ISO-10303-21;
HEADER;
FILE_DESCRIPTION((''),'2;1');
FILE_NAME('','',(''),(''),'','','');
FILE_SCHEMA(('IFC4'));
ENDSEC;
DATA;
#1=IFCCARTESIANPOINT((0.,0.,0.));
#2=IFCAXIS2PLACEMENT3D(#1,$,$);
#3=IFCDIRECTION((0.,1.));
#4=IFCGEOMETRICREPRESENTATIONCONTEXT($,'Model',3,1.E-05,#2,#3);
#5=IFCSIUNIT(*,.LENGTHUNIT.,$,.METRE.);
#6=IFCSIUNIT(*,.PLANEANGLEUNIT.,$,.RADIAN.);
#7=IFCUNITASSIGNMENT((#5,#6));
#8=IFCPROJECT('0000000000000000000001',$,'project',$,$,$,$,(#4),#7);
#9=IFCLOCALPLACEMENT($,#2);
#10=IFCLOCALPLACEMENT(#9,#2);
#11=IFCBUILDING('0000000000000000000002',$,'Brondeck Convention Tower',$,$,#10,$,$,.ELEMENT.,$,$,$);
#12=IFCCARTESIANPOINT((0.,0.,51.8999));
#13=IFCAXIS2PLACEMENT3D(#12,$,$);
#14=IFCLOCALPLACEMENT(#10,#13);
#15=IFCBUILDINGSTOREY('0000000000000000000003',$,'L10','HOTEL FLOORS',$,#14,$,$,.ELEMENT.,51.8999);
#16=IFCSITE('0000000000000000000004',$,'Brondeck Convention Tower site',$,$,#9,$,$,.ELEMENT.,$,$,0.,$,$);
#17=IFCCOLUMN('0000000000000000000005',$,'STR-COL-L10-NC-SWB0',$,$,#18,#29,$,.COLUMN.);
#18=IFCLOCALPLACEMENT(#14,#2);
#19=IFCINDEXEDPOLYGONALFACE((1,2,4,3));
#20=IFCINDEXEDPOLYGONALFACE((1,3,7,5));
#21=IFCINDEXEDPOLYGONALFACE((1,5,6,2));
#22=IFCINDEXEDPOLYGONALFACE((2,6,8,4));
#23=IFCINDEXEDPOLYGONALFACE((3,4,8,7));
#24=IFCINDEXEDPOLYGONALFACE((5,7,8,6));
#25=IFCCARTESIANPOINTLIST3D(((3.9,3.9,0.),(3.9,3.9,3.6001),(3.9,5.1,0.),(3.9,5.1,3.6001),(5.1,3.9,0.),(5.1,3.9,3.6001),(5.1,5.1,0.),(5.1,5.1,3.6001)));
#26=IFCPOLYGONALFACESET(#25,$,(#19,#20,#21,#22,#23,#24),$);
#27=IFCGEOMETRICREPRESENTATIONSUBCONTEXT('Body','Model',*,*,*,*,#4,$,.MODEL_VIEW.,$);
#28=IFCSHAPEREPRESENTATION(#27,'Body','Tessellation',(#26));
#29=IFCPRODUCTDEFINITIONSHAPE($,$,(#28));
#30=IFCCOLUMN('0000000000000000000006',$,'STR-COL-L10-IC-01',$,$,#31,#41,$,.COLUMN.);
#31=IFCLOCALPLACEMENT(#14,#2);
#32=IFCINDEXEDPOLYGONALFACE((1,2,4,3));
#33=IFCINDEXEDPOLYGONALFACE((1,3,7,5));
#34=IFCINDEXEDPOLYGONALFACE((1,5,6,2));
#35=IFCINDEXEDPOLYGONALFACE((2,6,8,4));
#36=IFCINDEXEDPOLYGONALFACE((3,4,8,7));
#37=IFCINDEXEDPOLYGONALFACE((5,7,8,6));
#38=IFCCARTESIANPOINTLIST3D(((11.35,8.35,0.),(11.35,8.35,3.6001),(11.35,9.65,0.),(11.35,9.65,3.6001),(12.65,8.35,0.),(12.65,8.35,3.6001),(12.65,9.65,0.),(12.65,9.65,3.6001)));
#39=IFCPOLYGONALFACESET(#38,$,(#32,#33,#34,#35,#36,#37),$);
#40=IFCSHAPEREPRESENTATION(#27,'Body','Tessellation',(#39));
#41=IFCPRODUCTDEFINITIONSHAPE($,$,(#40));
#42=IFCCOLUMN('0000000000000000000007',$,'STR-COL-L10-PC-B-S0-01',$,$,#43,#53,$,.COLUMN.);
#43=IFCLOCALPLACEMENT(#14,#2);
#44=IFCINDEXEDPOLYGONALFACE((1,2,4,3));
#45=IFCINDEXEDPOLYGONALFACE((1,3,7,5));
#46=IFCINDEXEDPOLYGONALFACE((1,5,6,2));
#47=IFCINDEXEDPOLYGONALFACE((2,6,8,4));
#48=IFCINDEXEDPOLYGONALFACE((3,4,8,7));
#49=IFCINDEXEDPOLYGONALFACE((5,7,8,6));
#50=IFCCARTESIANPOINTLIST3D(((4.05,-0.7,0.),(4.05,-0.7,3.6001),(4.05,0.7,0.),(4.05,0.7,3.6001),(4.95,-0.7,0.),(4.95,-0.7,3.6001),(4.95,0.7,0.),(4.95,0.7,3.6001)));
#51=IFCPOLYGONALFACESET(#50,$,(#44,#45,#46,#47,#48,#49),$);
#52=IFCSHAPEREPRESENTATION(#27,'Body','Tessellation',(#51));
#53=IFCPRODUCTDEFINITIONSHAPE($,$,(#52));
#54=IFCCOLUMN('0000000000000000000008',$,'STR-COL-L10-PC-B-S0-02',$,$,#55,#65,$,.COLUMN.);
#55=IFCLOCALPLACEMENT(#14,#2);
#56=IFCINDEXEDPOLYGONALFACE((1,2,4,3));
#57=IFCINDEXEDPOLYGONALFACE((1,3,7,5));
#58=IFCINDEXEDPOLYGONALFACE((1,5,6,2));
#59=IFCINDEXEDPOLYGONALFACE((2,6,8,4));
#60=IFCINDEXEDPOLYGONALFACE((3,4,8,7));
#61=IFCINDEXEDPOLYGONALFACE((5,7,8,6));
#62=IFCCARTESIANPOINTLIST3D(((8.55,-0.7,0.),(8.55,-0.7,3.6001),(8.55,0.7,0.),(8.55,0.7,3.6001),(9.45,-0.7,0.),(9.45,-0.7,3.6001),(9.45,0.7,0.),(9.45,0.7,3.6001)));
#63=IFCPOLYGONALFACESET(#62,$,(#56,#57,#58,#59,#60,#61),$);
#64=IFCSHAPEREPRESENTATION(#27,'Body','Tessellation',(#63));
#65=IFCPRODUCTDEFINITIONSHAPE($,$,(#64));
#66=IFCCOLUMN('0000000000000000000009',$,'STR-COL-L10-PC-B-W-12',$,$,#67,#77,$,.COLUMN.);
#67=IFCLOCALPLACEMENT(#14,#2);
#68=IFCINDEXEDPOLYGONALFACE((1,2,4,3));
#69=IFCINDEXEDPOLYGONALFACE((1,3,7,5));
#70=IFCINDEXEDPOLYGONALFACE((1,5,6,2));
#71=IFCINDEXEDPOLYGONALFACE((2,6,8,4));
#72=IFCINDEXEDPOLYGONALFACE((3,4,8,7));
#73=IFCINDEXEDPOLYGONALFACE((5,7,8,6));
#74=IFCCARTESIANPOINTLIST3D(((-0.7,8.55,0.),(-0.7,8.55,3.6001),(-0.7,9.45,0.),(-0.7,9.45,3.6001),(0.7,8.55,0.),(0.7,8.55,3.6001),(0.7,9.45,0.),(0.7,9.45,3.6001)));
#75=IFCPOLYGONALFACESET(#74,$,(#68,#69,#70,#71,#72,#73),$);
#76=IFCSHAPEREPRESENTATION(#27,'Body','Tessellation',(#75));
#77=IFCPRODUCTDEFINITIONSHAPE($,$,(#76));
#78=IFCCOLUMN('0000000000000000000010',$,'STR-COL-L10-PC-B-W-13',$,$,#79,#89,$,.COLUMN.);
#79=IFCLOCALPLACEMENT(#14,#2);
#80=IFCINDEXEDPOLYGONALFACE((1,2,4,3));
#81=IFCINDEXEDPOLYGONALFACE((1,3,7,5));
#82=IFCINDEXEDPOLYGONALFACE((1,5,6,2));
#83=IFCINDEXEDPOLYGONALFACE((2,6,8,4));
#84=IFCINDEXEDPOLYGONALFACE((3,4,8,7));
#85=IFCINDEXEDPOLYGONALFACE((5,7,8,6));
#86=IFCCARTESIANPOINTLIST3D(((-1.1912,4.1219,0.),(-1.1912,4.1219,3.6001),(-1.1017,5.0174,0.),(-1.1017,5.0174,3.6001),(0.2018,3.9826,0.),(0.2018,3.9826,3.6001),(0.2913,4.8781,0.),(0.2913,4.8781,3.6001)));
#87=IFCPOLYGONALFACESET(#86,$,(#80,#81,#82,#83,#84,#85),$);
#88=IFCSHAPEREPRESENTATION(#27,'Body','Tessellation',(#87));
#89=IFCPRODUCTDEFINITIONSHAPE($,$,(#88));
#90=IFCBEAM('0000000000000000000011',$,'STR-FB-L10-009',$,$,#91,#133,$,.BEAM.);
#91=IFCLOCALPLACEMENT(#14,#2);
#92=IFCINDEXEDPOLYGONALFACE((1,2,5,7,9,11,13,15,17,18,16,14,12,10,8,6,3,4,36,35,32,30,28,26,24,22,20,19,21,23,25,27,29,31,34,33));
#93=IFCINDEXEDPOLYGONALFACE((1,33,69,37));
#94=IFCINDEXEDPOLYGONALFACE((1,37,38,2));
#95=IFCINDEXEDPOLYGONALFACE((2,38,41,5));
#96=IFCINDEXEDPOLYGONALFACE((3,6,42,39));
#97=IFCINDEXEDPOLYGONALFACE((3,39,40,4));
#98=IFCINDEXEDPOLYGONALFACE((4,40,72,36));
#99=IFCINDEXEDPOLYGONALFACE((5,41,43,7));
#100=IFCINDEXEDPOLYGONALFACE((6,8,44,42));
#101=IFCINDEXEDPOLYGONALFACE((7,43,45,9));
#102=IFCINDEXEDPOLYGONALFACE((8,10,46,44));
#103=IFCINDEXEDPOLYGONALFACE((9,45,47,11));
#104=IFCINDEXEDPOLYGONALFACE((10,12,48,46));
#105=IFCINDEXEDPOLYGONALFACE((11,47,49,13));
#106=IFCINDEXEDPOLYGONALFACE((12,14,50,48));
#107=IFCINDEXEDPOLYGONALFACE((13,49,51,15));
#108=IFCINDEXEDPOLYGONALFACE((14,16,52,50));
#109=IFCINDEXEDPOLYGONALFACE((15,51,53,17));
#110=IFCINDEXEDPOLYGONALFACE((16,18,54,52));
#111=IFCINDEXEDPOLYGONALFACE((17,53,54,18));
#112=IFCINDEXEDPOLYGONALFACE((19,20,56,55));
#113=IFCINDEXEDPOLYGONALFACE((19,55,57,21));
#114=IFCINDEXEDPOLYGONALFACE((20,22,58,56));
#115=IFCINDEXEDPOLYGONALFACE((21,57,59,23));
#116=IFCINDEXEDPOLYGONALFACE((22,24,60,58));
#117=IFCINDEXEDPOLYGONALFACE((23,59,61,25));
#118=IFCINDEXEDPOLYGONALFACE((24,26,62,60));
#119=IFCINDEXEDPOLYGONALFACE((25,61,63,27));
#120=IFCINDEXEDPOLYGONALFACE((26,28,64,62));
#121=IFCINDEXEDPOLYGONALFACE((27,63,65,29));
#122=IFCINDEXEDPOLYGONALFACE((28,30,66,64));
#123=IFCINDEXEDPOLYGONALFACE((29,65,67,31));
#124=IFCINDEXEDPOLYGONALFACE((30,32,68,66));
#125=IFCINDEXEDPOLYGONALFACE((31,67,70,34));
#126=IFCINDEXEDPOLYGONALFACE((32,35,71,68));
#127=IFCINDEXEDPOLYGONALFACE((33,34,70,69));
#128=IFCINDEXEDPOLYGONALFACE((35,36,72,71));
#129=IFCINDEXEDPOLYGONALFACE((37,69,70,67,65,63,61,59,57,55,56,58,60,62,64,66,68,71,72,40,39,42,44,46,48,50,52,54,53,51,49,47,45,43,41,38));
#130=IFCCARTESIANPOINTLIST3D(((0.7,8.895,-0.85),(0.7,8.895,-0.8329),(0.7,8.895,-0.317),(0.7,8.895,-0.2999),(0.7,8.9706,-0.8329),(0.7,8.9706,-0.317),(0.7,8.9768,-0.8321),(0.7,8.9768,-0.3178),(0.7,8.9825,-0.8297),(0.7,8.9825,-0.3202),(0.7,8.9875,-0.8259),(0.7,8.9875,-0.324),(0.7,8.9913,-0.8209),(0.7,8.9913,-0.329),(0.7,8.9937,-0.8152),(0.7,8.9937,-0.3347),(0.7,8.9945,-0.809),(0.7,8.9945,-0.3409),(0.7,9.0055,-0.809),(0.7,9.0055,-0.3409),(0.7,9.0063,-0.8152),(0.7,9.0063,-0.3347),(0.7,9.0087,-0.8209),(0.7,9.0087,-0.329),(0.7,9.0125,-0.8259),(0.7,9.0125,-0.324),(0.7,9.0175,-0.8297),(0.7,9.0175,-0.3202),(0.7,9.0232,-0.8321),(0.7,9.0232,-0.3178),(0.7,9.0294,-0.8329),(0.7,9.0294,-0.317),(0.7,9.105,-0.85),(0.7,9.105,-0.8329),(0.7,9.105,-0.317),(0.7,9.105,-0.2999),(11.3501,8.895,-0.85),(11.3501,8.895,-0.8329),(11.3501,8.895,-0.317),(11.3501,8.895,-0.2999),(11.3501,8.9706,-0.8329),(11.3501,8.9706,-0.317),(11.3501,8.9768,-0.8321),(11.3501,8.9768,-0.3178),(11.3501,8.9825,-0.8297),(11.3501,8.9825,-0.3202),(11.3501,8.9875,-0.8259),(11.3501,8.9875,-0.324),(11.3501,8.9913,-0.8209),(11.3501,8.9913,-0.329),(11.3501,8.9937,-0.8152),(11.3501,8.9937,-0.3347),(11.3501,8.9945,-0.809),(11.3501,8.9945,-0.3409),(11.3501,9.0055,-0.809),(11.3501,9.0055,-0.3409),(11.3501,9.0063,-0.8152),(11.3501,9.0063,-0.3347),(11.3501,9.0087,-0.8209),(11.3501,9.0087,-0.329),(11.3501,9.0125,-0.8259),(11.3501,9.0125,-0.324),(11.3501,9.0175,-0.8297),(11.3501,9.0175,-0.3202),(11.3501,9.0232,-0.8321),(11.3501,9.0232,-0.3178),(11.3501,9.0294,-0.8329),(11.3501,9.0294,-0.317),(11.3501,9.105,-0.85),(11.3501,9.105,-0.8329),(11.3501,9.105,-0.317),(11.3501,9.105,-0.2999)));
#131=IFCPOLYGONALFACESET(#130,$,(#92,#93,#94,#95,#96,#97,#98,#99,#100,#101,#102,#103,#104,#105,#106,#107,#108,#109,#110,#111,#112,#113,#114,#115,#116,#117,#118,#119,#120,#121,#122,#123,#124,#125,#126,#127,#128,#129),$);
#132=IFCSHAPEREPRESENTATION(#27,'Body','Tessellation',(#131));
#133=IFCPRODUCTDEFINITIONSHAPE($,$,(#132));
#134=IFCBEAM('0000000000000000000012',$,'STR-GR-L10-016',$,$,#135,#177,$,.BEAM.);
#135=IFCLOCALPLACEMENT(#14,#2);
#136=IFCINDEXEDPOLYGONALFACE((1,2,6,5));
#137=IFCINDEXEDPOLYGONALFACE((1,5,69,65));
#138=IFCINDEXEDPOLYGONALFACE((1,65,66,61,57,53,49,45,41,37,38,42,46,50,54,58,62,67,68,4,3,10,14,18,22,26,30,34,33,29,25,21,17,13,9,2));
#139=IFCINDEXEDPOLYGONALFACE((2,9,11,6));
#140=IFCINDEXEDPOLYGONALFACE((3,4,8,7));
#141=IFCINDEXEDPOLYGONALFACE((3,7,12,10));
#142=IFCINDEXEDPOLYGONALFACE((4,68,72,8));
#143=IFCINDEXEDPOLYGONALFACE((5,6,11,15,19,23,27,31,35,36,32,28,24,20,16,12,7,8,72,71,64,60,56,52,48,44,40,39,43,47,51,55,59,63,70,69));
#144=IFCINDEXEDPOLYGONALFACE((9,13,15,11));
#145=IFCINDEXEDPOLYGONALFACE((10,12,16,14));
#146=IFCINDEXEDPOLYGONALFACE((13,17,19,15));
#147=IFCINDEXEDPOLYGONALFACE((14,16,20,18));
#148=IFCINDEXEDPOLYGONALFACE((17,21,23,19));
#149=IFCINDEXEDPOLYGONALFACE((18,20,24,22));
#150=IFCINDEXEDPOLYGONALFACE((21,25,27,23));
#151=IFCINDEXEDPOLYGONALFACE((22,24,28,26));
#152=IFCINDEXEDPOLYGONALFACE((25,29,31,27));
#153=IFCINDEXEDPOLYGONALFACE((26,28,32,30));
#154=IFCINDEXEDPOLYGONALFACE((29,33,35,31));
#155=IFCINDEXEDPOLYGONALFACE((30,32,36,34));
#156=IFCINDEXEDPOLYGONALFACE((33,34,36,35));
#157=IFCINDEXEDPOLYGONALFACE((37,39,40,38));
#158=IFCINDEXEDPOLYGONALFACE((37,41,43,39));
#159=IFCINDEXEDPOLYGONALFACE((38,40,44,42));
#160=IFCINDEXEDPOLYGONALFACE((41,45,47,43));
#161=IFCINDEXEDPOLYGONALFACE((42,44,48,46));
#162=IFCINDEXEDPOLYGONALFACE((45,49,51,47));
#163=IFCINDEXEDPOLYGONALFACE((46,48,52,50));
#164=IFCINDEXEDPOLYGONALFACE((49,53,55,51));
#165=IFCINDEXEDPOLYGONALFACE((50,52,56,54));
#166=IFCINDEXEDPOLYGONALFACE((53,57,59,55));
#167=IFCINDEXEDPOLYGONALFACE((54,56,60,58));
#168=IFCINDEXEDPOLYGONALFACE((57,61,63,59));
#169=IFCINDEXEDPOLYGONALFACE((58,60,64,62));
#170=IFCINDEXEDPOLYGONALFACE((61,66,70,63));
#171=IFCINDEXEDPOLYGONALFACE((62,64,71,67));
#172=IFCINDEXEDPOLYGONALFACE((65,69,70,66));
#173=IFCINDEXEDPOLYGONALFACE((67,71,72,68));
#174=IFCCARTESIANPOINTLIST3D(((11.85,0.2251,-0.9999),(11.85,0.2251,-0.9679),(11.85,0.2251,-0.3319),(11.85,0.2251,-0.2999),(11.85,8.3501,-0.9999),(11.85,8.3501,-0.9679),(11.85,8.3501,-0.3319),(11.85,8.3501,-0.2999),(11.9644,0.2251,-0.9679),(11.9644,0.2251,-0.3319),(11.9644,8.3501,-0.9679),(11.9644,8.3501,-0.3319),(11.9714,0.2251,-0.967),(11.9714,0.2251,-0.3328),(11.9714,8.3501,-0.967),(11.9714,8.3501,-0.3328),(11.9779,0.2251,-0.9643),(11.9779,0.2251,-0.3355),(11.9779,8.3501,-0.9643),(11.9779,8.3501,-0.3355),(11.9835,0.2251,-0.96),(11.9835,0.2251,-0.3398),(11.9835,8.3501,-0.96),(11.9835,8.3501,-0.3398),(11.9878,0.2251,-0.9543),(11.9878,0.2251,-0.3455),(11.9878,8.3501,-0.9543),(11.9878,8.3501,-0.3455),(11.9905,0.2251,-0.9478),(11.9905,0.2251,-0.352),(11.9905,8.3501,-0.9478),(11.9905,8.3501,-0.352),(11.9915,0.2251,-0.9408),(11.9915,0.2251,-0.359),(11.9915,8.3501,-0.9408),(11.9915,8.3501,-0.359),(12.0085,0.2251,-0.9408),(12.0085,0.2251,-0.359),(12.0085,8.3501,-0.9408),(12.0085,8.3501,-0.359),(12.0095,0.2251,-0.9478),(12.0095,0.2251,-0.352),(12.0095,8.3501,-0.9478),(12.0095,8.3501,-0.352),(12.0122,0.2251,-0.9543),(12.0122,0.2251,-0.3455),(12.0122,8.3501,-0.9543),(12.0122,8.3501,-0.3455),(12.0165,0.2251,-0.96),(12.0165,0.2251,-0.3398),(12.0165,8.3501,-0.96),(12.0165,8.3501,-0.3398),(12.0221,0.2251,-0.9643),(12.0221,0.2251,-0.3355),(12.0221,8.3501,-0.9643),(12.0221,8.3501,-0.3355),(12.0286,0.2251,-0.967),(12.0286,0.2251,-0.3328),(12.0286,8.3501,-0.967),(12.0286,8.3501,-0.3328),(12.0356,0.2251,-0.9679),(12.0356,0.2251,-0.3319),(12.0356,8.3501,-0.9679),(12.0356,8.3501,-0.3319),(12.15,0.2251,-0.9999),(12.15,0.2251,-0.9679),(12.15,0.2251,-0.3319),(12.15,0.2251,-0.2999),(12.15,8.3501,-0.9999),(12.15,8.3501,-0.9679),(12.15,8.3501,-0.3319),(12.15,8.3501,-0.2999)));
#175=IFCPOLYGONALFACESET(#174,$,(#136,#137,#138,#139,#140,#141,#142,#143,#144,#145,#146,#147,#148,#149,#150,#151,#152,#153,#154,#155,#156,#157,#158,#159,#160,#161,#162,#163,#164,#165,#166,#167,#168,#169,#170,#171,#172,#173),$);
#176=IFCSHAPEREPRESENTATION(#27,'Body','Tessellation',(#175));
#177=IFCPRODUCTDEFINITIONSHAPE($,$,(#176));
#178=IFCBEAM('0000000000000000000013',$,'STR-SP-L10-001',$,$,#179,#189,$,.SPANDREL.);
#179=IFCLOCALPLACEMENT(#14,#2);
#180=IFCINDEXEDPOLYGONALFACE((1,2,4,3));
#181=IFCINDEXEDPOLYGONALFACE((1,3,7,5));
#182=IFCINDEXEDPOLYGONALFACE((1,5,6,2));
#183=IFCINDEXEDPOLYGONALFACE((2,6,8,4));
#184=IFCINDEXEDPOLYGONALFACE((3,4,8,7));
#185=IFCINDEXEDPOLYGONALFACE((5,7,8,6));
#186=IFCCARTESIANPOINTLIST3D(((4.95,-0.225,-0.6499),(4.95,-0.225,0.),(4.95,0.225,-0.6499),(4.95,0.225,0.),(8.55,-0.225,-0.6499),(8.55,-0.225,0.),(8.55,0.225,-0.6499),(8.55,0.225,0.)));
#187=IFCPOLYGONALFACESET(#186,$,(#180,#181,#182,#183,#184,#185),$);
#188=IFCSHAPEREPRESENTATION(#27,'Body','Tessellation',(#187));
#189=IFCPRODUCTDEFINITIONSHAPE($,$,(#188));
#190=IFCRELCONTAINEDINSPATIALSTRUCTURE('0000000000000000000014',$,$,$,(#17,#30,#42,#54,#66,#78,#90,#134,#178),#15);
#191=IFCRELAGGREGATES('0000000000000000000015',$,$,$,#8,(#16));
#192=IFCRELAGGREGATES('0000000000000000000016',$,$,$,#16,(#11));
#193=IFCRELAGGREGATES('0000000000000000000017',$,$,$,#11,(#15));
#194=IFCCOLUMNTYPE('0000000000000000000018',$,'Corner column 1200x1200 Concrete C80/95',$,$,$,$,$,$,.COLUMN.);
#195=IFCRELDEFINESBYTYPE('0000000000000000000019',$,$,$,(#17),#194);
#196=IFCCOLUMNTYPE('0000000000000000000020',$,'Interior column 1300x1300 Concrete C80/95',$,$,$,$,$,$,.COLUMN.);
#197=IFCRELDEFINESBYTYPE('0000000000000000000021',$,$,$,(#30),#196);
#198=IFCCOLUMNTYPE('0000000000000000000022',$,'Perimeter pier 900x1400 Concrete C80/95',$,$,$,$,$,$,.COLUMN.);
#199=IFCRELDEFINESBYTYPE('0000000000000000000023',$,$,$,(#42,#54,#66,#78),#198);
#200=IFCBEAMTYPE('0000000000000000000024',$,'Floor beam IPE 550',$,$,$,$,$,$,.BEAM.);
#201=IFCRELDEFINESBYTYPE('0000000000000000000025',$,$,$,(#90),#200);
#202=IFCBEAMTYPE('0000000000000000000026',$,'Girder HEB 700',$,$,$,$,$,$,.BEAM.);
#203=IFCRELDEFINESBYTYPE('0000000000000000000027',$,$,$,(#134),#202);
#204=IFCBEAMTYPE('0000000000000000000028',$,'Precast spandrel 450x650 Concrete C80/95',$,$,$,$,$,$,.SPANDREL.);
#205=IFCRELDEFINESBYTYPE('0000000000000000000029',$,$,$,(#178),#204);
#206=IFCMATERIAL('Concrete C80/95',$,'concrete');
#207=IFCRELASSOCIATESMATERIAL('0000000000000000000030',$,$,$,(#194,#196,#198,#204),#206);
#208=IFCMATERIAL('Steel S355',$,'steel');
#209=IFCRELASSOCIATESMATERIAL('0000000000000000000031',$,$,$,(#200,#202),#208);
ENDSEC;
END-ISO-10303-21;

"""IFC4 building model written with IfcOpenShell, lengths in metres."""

from ifc_helpers import new_model, si_unit, direction, frame, origin, origin_2d, place, context, subcontext, project, spatial, rectangle, i_section, extrude, material, material_profile, profile_set, type_object, element, save


model = new_model("IFC4")

# Units and contexts
model_context = context("Model", 3, precision=1e-05, world=origin(), true_north=direction((0.0, 1.0)))
body_context = subcontext(model_context, "Body", "Model", "MODEL_VIEW")
ifc_project = project(units=[si_unit("LENGTHUNIT", "METRE"), si_unit("PLANEANGLEUNIT", "RADIAN")], contexts=[model_context])

# Site, building, storey
site_placement = place(None, origin())
site = spatial("IfcSite", under=ifc_project, at=site_placement, Name="Brondeck Convention Tower site", CompositionType="ELEMENT", RefElevation=0.0)
building_placement = place(site_placement, origin())
building = spatial("IfcBuilding", under=site, at=building_placement, Name="Brondeck Convention Tower", CompositionType="ELEMENT")
storey_placement = place(building_placement, frame((0.0, 0.0, 51.8999)))
storey = spatial("IfcBuildingStorey", under=building, at=storey_placement, Name="L10", Description="HOTEL FLOORS", CompositionType="ELEMENT", Elevation=51.8999)

# Columns
ifc_material_1 = material(Name="Concrete C80/95", Category="concrete")
ifc_material_profile_1 = material_profile(ifc_material_1, rectangle(XDim=1.2, YDim=1.2, at=origin_2d()), Name="Corner column 1200x1200 Concrete C80/95")
ifc_profile_set_1 = profile_set([ifc_material_profile_1], Name="Concrete C80/95")
column_type_1 = type_object("IfcColumnType", Name="Corner column 1200x1200 Concrete C80/95", PredefinedType="COLUMN", material=ifc_profile_set_1)
column_1_placement = place(storey_placement, frame((4.5, 4.5, 0.0), z_axis=(0.0, 0.0, 1.0), x_axis=(1.0, 0.0, 0.0)))
element("IfcColumn", 1, at=column_1_placement, inside=storey, type_object=column_type_1, Name="STR-COL-L10-NC-SWB0", PredefinedType="COLUMN", context=body_context, shape_type="SweptSolid", body=[
    extrude(rectangle(XDim=1.2, YDim=1.2, at=origin_2d()), origin(), (0.0, 0.0, 1.0), 3.6001),
])
ifc_material_profile_2 = material_profile(ifc_material_1, rectangle(XDim=1.3, YDim=1.3, at=origin_2d()), Name="Interior column 1300x1300 Concrete C80/95")
ifc_profile_set_2 = profile_set([ifc_material_profile_2], Name="Concrete C80/95")
column_type_2 = type_object("IfcColumnType", Name="Interior column 1300x1300 Concrete C80/95", PredefinedType="COLUMN", material=ifc_profile_set_2)
column_2_placement = place(storey_placement, frame((12.0, 9.0, 0.0), z_axis=(0.0, 0.0, 1.0), x_axis=(1.0, 0.0, 0.0)))
element("IfcColumn", 2, at=column_2_placement, inside=storey, type_object=column_type_2, Name="STR-COL-L10-IC-01", PredefinedType="COLUMN", context=body_context, shape_type="SweptSolid", body=[
    extrude(rectangle(XDim=1.3, YDim=1.3, at=origin_2d()), origin(), (0.0, 0.0, 1.0), 3.6001),
])
ifc_material_profile_3 = material_profile(ifc_material_1, rectangle(XDim=0.8999, YDim=1.3999, at=origin_2d()), Name="Perimeter pier 900x1400 Concrete C80/95")
ifc_profile_set_3 = profile_set([ifc_material_profile_3], Name="Concrete C80/95")
column_type_3 = type_object("IfcColumnType", Name="Perimeter pier 900x1400 Concrete C80/95", PredefinedType="COLUMN", material=ifc_profile_set_3)
for number, where, z_axis, x_axis, name in (
    (3, (4.5, 0.0, 0.0), (0.0, 0.0, 1.0), (1.0, 0.0, 0.0), "STR-COL-L10-PC-B-S0-01"),
    (4, (9.0, 0.0, 0.0), (0.0, 0.0, 1.0), (1.0, 0.0, 0.0), "STR-COL-L10-PC-B-S0-02"),
    (5, (0.0, 9.0, 0.0), (0.0, 0.0, 1.0), (0.0, -1.0, 0.0), "STR-COL-L10-PC-B-W-12"),
    (6, (-0.45, 4.5, 0.0), (0.0, 0.0, 1.0), (-0.099504, -0.995037, 0.0), "STR-COL-L10-PC-B-W-13"),
):
    element("IfcColumn", number, at=place(storey_placement, frame(where, z_axis=z_axis, x_axis=x_axis)), inside=storey, type_object=column_type_3, Name=name, PredefinedType="COLUMN", context=body_context, shape_type="SweptSolid", body=[
        extrude(rectangle(XDim=0.8999, YDim=1.3999, at=origin_2d()), origin(), (0.0, 0.0, 1.0), 3.6001),
    ])

# Beams
ifc_material_2 = material(Name="Steel S355", Category="steel")
ifc_material_profile_4 = material_profile(ifc_material_2, i_section(OverallWidth=0.21, OverallDepth=0.55, WebThickness=0.011, FlangeThickness=0.0171, FilletRadius=0.0239, at=origin_2d()), Name="IPE 550")
ifc_profile_set_4 = profile_set([ifc_material_profile_4], Name="Steel S355")
beam_type_1 = type_object("IfcBeamType", Name="Floor beam IPE 550", PredefinedType="BEAM", material=ifc_profile_set_4)
beam_1_placement = place(storey_placement, frame((0.7, 9.0, -0.575), z_axis=(1.0, 0.0, 0.0), x_axis=(0.0, 1.0, 0.0)))
element("IfcBeam", 7, at=beam_1_placement, inside=storey, type_object=beam_type_1, Name="STR-FB-L10-009", PredefinedType="BEAM", context=body_context, shape_type="SweptSolid", body=[
    extrude(i_section(OverallWidth=0.21, OverallDepth=0.55, WebThickness=0.011, FlangeThickness=0.0171, FilletRadius=0.0239, at=origin_2d()), origin(), (0.0, 0.0, 1.0), 10.6501),
])
ifc_material_profile_5 = material_profile(ifc_material_2, i_section(OverallWidth=0.3, OverallDepth=0.7, WebThickness=0.0171, FlangeThickness=0.032, FilletRadius=0.0271, at=origin_2d()), Name="HEB 700")
ifc_profile_set_5 = profile_set([ifc_material_profile_5], Name="Steel S355")
beam_type_2 = type_object("IfcBeamType", Name="Girder HEB 700", PredefinedType="BEAM", material=ifc_profile_set_5)
beam_2_placement = place(storey_placement, frame((12.0, 8.3501, -0.6499), z_axis=(0.0, -1.0, 0.0), x_axis=(1.0, 0.0, 0.0)))
element("IfcBeam", 8, at=beam_2_placement, inside=storey, type_object=beam_type_2, Name="STR-GR-L10-016", PredefinedType="BEAM", context=body_context, shape_type="SweptSolid", body=[
    extrude(i_section(OverallWidth=0.3, OverallDepth=0.7, WebThickness=0.0171, FlangeThickness=0.032, FilletRadius=0.0271, at=origin_2d()), origin(), (0.0, 0.0, 1.0), 8.125),
])
ifc_material_profile_6 = material_profile(ifc_material_1, rectangle(XDim=0.45, YDim=0.6499, at=origin_2d()), Name="Precast spandrel 450x650 Concrete C80/95")
ifc_profile_set_6 = profile_set([ifc_material_profile_6], Name="Concrete C80/95")
beam_type_3 = type_object("IfcBeamType", Name="Precast spandrel 450x650 Concrete C80/95", PredefinedType="SPANDREL", material=ifc_profile_set_6)
for number, where, z_axis, x_axis, name in (
    (9, (4.95, 0.0, -0.325), (1.0, 0.0, 0.0), (0.0, 1.0, 0.0), "STR-SP-L10-001"),
):
    element("IfcBeam", number, at=place(storey_placement, frame(where, z_axis=z_axis, x_axis=x_axis)), inside=storey, type_object=beam_type_3, Name=name, PredefinedType="SPANDREL", context=body_context, shape_type="SweptSolid", body=[
        extrude(rectangle(XDim=0.45, YDim=0.6499, at=origin_2d()), origin(), (0.0, 0.0, 1.0), 3.6001),
    ])

save(model, "model.ifc")
